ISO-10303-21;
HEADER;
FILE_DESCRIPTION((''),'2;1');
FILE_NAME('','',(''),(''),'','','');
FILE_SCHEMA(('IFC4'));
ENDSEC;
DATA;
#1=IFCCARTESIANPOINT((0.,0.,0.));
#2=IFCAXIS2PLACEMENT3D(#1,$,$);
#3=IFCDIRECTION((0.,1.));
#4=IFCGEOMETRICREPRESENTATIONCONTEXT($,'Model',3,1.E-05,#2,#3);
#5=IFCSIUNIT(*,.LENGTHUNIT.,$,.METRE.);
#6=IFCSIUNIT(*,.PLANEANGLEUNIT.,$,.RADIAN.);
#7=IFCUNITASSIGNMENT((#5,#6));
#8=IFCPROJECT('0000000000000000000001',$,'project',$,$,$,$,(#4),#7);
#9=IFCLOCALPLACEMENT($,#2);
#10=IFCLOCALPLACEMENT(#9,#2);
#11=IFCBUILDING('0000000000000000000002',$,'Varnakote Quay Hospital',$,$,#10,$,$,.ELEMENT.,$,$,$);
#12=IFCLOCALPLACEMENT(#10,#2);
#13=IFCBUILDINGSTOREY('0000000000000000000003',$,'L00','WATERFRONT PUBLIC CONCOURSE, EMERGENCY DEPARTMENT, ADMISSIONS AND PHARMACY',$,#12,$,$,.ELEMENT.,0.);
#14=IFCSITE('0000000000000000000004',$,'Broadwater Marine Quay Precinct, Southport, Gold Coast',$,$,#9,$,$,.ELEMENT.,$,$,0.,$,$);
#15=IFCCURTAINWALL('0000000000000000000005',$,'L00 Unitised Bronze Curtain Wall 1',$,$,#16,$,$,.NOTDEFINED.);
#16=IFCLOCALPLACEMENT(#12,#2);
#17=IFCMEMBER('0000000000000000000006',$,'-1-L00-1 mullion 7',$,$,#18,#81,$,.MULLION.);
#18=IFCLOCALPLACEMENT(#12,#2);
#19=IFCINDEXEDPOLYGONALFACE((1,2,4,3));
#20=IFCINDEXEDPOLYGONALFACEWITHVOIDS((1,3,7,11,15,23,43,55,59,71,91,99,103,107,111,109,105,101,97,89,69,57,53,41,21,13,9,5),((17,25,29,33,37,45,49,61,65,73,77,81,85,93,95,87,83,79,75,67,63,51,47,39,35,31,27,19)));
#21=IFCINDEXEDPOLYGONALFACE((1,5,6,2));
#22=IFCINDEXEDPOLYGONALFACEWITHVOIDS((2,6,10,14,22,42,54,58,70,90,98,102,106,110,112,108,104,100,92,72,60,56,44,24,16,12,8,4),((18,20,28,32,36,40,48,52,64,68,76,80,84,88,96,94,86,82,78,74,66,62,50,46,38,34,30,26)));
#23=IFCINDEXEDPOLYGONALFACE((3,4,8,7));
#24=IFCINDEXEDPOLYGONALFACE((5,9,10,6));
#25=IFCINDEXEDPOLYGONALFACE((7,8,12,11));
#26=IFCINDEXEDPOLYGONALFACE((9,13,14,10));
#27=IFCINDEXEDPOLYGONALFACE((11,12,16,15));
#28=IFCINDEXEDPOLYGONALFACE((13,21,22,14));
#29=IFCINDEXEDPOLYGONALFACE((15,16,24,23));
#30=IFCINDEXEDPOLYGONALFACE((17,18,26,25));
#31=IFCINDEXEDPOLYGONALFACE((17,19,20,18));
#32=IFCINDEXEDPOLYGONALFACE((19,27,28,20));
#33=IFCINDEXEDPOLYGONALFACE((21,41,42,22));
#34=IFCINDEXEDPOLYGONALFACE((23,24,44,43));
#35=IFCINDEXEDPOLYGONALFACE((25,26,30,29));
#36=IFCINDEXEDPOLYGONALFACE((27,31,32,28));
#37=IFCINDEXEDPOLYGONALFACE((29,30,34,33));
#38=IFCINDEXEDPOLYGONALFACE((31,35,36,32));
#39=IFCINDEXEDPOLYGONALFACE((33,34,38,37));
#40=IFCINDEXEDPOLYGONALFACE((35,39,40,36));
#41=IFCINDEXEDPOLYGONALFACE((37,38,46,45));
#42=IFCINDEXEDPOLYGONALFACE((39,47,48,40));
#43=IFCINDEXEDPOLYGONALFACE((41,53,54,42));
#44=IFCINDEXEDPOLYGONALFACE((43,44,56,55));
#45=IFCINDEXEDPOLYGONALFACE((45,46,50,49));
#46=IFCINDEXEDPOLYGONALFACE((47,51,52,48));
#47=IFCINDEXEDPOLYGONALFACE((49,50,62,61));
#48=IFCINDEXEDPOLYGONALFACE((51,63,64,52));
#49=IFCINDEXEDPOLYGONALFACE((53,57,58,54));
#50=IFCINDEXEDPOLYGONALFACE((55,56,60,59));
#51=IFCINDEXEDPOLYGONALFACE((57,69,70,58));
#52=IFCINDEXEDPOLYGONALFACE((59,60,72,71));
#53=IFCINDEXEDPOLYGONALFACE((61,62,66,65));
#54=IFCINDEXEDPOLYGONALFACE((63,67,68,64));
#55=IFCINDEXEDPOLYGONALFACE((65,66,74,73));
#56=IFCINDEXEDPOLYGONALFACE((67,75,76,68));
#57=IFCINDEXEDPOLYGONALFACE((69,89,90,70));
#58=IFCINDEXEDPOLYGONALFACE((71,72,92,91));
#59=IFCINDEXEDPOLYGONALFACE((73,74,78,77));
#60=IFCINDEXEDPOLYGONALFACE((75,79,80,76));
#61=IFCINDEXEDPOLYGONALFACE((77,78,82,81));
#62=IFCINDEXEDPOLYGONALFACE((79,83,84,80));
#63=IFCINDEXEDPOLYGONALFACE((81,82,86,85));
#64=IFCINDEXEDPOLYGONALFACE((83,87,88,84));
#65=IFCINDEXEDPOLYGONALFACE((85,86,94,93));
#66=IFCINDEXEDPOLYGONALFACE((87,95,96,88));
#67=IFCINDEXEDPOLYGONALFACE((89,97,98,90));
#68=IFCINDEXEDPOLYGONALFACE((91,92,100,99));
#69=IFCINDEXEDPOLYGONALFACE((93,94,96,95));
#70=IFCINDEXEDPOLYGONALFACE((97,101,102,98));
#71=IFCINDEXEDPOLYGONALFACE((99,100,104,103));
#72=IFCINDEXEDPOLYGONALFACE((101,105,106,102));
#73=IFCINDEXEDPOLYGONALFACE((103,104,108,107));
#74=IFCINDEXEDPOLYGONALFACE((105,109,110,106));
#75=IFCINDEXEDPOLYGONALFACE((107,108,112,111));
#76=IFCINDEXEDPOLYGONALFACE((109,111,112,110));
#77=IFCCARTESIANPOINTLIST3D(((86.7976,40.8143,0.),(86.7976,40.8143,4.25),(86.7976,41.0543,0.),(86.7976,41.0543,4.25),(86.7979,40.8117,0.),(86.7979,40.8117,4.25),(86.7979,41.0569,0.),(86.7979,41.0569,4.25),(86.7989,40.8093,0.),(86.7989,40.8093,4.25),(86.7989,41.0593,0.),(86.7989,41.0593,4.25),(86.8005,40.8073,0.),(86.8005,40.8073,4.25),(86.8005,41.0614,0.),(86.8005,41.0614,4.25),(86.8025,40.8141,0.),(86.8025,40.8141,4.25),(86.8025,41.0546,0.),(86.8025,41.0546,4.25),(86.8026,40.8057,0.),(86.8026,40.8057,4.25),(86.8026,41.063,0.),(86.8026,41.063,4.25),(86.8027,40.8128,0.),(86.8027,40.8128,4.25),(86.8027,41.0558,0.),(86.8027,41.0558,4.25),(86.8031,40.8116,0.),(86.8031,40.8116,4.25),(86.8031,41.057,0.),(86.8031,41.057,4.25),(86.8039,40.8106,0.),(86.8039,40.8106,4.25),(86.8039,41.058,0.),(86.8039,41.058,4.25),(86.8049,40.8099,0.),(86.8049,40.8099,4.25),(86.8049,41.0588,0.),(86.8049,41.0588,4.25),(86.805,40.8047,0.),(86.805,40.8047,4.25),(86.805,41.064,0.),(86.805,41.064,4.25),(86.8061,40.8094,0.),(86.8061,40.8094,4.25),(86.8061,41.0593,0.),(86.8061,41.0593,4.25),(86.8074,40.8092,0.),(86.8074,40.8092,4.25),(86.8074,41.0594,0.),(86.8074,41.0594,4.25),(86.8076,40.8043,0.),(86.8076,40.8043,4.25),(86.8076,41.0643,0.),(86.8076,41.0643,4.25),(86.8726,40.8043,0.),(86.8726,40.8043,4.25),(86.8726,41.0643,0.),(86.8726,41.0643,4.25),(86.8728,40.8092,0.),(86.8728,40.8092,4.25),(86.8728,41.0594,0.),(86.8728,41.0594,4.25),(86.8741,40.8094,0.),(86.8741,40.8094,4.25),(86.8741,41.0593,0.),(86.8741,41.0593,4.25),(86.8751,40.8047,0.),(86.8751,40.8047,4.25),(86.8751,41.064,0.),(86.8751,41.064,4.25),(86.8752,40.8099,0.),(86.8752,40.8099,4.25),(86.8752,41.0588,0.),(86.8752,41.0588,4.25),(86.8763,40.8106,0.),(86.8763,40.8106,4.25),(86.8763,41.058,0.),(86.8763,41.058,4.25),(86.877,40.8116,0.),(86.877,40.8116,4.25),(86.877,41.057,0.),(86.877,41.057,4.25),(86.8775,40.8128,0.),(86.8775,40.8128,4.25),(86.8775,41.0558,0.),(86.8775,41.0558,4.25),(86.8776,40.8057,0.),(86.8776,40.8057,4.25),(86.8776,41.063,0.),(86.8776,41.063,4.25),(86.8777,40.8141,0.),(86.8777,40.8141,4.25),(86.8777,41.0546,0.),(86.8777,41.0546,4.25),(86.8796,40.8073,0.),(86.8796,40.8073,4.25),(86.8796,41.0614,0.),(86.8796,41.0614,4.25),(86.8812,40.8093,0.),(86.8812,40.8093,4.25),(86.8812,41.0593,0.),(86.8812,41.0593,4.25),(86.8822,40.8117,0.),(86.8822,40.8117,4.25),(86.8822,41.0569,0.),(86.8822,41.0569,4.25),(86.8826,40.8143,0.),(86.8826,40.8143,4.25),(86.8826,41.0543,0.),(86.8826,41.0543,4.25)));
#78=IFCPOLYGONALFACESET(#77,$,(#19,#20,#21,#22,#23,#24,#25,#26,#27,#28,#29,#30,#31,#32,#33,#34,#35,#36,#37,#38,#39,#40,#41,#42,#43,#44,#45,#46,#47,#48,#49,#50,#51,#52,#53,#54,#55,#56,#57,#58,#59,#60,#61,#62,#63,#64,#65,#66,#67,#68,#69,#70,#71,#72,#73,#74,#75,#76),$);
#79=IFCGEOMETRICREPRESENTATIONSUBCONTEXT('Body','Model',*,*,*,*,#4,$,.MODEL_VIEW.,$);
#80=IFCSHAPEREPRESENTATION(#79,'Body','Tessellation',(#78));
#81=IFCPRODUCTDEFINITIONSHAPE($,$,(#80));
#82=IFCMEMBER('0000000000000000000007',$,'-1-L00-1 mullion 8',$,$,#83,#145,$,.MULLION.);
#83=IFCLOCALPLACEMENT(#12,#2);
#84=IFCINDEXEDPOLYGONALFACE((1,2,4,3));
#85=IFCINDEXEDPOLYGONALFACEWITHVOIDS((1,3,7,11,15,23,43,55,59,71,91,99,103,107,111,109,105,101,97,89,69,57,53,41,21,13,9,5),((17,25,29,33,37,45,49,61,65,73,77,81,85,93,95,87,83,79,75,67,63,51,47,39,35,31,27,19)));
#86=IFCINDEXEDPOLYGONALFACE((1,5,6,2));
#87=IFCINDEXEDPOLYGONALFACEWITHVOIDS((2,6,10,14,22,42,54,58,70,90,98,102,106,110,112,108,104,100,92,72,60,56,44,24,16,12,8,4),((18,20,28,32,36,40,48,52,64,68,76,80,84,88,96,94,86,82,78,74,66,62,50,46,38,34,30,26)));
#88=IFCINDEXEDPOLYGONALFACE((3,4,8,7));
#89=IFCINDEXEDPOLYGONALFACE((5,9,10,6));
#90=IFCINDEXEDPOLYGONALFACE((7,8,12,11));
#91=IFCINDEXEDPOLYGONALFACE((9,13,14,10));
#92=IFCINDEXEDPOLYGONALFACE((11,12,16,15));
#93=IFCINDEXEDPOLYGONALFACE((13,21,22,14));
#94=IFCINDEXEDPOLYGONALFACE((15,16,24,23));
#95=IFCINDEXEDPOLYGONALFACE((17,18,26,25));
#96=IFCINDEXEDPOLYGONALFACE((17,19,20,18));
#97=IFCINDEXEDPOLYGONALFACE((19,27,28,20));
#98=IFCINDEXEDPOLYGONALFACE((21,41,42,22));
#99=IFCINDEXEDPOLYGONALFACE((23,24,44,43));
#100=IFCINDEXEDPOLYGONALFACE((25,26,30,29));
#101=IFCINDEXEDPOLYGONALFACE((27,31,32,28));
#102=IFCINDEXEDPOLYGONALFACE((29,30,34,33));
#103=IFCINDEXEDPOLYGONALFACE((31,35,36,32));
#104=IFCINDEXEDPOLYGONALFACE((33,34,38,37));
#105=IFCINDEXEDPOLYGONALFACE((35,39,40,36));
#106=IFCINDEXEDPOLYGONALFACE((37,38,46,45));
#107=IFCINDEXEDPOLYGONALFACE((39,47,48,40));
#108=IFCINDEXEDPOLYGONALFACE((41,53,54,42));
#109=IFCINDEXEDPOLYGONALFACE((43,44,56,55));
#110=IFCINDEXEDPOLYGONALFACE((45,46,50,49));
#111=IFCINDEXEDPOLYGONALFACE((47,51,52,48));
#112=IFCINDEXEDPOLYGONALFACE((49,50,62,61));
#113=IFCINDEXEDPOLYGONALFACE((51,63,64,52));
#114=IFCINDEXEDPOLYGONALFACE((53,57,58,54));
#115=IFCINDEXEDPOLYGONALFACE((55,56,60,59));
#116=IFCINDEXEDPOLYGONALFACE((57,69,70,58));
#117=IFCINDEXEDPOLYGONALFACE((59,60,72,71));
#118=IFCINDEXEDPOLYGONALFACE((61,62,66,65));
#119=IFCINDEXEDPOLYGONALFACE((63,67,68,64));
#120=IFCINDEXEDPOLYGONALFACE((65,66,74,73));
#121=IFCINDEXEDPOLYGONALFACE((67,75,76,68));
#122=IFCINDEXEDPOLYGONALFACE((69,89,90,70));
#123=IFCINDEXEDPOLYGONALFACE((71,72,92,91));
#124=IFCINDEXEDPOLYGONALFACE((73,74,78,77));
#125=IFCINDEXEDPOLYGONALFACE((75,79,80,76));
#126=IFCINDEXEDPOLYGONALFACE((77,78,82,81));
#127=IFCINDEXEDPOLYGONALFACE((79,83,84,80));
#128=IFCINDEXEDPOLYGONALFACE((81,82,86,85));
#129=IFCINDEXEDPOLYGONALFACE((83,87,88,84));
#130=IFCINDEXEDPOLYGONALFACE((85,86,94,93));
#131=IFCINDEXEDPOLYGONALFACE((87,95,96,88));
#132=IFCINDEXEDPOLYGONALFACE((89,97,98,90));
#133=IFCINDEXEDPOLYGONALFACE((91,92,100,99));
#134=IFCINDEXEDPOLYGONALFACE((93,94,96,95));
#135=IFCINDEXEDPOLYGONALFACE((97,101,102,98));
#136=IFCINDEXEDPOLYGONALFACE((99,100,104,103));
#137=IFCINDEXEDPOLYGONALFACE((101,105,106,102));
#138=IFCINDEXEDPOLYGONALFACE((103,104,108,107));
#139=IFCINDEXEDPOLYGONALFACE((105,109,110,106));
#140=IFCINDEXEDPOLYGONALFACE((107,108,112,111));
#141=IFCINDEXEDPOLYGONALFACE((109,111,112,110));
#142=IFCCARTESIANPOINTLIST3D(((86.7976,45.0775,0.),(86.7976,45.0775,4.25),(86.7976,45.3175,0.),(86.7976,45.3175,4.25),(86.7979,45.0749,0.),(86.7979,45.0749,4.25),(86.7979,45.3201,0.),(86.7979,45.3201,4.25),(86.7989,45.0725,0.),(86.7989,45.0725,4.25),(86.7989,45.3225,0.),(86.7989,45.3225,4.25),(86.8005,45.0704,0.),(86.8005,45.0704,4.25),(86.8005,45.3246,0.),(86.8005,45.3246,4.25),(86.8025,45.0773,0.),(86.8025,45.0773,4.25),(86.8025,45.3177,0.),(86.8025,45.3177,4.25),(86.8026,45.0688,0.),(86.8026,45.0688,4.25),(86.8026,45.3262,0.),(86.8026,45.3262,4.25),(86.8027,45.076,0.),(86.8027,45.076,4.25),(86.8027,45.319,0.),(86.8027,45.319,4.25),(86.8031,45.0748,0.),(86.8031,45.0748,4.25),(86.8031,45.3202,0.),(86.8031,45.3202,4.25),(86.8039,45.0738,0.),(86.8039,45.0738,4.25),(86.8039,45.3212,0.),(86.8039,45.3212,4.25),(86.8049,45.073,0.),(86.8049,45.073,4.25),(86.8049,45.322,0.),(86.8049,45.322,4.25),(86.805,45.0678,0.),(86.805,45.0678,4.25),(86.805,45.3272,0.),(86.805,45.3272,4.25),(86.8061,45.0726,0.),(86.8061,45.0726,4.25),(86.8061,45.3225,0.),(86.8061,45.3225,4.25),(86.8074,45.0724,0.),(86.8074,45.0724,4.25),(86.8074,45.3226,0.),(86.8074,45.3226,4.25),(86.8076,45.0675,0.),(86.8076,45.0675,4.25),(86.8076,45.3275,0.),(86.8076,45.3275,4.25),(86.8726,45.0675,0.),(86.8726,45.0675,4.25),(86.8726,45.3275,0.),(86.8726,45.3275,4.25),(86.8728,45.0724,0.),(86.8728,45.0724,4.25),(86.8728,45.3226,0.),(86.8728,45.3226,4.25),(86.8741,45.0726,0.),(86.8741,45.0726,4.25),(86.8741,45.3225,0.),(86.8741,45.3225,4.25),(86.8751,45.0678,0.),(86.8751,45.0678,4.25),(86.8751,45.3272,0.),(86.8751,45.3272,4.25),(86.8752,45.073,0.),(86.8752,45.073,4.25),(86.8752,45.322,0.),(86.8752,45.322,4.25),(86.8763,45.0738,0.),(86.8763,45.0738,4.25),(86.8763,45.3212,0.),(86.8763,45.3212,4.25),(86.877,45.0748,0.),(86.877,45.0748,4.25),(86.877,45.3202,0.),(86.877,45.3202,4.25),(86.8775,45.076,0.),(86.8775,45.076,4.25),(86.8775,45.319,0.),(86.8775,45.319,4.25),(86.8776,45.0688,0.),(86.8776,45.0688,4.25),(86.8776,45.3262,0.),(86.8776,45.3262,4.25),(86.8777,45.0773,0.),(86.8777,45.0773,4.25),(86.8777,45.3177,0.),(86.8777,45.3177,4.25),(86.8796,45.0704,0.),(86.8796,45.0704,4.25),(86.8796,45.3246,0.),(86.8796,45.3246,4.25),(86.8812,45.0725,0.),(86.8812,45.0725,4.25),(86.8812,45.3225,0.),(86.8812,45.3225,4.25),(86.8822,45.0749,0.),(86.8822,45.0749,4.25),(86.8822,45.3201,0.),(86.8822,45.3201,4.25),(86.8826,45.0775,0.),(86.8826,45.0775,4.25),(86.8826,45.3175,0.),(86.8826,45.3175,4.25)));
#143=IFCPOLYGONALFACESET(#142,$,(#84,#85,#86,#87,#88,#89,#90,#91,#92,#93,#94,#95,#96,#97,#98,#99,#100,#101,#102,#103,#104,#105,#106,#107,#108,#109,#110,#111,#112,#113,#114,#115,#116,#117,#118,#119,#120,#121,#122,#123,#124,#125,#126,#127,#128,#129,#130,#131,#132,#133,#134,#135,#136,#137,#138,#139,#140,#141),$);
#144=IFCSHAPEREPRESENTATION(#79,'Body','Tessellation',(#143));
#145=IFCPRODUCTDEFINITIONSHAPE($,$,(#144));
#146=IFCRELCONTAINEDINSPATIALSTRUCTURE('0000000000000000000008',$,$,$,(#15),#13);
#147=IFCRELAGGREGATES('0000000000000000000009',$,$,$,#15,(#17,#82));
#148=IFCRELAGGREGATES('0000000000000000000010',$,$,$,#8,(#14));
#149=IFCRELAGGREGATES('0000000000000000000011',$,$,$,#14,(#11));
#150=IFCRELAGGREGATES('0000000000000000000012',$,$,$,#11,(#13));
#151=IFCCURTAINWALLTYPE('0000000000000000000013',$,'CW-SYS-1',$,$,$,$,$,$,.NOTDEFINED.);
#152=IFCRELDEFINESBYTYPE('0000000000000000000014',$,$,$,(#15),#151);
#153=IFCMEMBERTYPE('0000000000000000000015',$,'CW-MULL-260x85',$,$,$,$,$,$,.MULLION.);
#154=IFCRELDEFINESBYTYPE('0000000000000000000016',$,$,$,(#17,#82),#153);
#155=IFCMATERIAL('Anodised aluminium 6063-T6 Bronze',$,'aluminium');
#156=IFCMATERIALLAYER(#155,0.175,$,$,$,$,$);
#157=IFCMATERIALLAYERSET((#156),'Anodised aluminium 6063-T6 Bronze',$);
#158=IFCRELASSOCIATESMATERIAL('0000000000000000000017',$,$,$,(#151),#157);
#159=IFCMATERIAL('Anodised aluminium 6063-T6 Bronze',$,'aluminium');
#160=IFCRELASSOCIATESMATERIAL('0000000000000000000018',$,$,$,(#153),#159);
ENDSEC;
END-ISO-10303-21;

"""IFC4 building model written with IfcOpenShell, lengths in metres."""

from ifc_helpers import new_model, si_unit, direction, frame, origin, origin_2d, place, context, subcontext, project, spatial, hollow_rectangle, extrude, material, layer, layer_set, material_profile, profile_set, type_object, element, aggregate, save


model = new_model("IFC4")

# Units and contexts
model_context = context("Model", 3, precision=1e-05, world=origin(), true_north=direction((0.0, 1.0)))
body_context = subcontext(model_context, "Body", "Model", "MODEL_VIEW")
ifc_project = project(units=[si_unit("LENGTHUNIT", "METRE"), si_unit("PLANEANGLEUNIT", "RADIAN")], contexts=[model_context])

# Site, building, storey
site_placement = place(None, origin())
site = spatial("IfcSite", under=ifc_project, at=site_placement, Name="Broadwater Marine Quay Precinct, Southport, Gold Coast", CompositionType="ELEMENT", RefElevation=0.0)
building_placement = place(site_placement, origin())
building = spatial("IfcBuilding", under=site, at=building_placement, Name="Varnakote Quay Hospital", CompositionType="ELEMENT")
storey_placement = place(building_placement, origin())
storey = spatial("IfcBuildingStorey", under=building, at=storey_placement, Name="L00", Description="WATERFRONT PUBLIC CONCOURSE, EMERGENCY DEPARTMENT, ADMISSIONS AND PHARMACY", CompositionType="ELEMENT", Elevation=0.0)

# Curtain wall, members
ifc_material_1 = material(Name="Anodised aluminium 6063-T6 Bronze", Category="aluminium")
ifc_layer_1 = layer(ifc_material_1, 0.175)
ifc_layer_set_1 = layer_set([ifc_layer_1], Name="Anodised aluminium 6063-T6 Bronze")
curtain_wall_type = type_object("IfcCurtainWallType", Name="CW-SYS-1", PredefinedType="NOTDEFINED", material=ifc_layer_set_1)
curtain_wall_placement = place(storey_placement, origin())
curtain_wall = element("IfcCurtainWall", 1, at=curtain_wall_placement, inside=storey, type_object=curtain_wall_type, Name="L00 Unitised Bronze Curtain Wall 1", PredefinedType="NOTDEFINED")
ifc_material_2 = material(Name="Anodised aluminium 6063-T6 Bronze", Category="aluminium")
ifc_material_profile_1 = material_profile(ifc_material_2, hollow_rectangle(XDim=0.085, YDim=0.26, WallThickness=0.0049, InnerFilletRadius=0.0049, OuterFilletRadius=0.01, at=origin_2d()), Name="CW-MULL-260x85")
ifc_profile_set_1 = profile_set([ifc_material_profile_1], Name="Anodised aluminium 6063-T6 Bronze")
member_type_1 = type_object("IfcMemberType", Name="CW-MULL-260x85", PredefinedType="MULLION", material=ifc_profile_set_1)
member_1_placement = place(storey_placement, frame((86.8401, 40.9343, 0.0), z_axis=(0.0, 0.0, 1.0), x_axis=(-1.0, 0.0, 0.0)))
member_1 = element("IfcMember", 2, at=member_1_placement, type_object=member_type_1, Name="-1-L00-1 mullion 7", PredefinedType="MULLION", context=body_context, shape_type="SweptSolid", body=[
    extrude(hollow_rectangle(XDim=0.085, YDim=0.26, WallThickness=0.0049, InnerFilletRadius=0.0049, OuterFilletRadius=0.01, at=origin_2d()), origin(), (0.0, 0.0, 1.0), 4.25),
])
member_2_placement = place(storey_placement, frame((86.8401, 45.1975, 0.0), z_axis=(0.0, 0.0, 1.0), x_axis=(-1.0, 0.0, 0.0)))
member_2 = element("IfcMember", 3, at=member_2_placement, type_object=member_type_1, Name="-1-L00-1 mullion 8", PredefinedType="MULLION", context=body_context, shape_type="SweptSolid", body=[
    extrude(hollow_rectangle(XDim=0.085, YDim=0.26, WallThickness=0.0049, InnerFilletRadius=0.0049, OuterFilletRadius=0.01, at=origin_2d()), origin(), (0.0, 0.0, 1.0), 4.25),
])

aggregate(curtain_wall, [member_1, member_2])

save(model, "model.ifc")
